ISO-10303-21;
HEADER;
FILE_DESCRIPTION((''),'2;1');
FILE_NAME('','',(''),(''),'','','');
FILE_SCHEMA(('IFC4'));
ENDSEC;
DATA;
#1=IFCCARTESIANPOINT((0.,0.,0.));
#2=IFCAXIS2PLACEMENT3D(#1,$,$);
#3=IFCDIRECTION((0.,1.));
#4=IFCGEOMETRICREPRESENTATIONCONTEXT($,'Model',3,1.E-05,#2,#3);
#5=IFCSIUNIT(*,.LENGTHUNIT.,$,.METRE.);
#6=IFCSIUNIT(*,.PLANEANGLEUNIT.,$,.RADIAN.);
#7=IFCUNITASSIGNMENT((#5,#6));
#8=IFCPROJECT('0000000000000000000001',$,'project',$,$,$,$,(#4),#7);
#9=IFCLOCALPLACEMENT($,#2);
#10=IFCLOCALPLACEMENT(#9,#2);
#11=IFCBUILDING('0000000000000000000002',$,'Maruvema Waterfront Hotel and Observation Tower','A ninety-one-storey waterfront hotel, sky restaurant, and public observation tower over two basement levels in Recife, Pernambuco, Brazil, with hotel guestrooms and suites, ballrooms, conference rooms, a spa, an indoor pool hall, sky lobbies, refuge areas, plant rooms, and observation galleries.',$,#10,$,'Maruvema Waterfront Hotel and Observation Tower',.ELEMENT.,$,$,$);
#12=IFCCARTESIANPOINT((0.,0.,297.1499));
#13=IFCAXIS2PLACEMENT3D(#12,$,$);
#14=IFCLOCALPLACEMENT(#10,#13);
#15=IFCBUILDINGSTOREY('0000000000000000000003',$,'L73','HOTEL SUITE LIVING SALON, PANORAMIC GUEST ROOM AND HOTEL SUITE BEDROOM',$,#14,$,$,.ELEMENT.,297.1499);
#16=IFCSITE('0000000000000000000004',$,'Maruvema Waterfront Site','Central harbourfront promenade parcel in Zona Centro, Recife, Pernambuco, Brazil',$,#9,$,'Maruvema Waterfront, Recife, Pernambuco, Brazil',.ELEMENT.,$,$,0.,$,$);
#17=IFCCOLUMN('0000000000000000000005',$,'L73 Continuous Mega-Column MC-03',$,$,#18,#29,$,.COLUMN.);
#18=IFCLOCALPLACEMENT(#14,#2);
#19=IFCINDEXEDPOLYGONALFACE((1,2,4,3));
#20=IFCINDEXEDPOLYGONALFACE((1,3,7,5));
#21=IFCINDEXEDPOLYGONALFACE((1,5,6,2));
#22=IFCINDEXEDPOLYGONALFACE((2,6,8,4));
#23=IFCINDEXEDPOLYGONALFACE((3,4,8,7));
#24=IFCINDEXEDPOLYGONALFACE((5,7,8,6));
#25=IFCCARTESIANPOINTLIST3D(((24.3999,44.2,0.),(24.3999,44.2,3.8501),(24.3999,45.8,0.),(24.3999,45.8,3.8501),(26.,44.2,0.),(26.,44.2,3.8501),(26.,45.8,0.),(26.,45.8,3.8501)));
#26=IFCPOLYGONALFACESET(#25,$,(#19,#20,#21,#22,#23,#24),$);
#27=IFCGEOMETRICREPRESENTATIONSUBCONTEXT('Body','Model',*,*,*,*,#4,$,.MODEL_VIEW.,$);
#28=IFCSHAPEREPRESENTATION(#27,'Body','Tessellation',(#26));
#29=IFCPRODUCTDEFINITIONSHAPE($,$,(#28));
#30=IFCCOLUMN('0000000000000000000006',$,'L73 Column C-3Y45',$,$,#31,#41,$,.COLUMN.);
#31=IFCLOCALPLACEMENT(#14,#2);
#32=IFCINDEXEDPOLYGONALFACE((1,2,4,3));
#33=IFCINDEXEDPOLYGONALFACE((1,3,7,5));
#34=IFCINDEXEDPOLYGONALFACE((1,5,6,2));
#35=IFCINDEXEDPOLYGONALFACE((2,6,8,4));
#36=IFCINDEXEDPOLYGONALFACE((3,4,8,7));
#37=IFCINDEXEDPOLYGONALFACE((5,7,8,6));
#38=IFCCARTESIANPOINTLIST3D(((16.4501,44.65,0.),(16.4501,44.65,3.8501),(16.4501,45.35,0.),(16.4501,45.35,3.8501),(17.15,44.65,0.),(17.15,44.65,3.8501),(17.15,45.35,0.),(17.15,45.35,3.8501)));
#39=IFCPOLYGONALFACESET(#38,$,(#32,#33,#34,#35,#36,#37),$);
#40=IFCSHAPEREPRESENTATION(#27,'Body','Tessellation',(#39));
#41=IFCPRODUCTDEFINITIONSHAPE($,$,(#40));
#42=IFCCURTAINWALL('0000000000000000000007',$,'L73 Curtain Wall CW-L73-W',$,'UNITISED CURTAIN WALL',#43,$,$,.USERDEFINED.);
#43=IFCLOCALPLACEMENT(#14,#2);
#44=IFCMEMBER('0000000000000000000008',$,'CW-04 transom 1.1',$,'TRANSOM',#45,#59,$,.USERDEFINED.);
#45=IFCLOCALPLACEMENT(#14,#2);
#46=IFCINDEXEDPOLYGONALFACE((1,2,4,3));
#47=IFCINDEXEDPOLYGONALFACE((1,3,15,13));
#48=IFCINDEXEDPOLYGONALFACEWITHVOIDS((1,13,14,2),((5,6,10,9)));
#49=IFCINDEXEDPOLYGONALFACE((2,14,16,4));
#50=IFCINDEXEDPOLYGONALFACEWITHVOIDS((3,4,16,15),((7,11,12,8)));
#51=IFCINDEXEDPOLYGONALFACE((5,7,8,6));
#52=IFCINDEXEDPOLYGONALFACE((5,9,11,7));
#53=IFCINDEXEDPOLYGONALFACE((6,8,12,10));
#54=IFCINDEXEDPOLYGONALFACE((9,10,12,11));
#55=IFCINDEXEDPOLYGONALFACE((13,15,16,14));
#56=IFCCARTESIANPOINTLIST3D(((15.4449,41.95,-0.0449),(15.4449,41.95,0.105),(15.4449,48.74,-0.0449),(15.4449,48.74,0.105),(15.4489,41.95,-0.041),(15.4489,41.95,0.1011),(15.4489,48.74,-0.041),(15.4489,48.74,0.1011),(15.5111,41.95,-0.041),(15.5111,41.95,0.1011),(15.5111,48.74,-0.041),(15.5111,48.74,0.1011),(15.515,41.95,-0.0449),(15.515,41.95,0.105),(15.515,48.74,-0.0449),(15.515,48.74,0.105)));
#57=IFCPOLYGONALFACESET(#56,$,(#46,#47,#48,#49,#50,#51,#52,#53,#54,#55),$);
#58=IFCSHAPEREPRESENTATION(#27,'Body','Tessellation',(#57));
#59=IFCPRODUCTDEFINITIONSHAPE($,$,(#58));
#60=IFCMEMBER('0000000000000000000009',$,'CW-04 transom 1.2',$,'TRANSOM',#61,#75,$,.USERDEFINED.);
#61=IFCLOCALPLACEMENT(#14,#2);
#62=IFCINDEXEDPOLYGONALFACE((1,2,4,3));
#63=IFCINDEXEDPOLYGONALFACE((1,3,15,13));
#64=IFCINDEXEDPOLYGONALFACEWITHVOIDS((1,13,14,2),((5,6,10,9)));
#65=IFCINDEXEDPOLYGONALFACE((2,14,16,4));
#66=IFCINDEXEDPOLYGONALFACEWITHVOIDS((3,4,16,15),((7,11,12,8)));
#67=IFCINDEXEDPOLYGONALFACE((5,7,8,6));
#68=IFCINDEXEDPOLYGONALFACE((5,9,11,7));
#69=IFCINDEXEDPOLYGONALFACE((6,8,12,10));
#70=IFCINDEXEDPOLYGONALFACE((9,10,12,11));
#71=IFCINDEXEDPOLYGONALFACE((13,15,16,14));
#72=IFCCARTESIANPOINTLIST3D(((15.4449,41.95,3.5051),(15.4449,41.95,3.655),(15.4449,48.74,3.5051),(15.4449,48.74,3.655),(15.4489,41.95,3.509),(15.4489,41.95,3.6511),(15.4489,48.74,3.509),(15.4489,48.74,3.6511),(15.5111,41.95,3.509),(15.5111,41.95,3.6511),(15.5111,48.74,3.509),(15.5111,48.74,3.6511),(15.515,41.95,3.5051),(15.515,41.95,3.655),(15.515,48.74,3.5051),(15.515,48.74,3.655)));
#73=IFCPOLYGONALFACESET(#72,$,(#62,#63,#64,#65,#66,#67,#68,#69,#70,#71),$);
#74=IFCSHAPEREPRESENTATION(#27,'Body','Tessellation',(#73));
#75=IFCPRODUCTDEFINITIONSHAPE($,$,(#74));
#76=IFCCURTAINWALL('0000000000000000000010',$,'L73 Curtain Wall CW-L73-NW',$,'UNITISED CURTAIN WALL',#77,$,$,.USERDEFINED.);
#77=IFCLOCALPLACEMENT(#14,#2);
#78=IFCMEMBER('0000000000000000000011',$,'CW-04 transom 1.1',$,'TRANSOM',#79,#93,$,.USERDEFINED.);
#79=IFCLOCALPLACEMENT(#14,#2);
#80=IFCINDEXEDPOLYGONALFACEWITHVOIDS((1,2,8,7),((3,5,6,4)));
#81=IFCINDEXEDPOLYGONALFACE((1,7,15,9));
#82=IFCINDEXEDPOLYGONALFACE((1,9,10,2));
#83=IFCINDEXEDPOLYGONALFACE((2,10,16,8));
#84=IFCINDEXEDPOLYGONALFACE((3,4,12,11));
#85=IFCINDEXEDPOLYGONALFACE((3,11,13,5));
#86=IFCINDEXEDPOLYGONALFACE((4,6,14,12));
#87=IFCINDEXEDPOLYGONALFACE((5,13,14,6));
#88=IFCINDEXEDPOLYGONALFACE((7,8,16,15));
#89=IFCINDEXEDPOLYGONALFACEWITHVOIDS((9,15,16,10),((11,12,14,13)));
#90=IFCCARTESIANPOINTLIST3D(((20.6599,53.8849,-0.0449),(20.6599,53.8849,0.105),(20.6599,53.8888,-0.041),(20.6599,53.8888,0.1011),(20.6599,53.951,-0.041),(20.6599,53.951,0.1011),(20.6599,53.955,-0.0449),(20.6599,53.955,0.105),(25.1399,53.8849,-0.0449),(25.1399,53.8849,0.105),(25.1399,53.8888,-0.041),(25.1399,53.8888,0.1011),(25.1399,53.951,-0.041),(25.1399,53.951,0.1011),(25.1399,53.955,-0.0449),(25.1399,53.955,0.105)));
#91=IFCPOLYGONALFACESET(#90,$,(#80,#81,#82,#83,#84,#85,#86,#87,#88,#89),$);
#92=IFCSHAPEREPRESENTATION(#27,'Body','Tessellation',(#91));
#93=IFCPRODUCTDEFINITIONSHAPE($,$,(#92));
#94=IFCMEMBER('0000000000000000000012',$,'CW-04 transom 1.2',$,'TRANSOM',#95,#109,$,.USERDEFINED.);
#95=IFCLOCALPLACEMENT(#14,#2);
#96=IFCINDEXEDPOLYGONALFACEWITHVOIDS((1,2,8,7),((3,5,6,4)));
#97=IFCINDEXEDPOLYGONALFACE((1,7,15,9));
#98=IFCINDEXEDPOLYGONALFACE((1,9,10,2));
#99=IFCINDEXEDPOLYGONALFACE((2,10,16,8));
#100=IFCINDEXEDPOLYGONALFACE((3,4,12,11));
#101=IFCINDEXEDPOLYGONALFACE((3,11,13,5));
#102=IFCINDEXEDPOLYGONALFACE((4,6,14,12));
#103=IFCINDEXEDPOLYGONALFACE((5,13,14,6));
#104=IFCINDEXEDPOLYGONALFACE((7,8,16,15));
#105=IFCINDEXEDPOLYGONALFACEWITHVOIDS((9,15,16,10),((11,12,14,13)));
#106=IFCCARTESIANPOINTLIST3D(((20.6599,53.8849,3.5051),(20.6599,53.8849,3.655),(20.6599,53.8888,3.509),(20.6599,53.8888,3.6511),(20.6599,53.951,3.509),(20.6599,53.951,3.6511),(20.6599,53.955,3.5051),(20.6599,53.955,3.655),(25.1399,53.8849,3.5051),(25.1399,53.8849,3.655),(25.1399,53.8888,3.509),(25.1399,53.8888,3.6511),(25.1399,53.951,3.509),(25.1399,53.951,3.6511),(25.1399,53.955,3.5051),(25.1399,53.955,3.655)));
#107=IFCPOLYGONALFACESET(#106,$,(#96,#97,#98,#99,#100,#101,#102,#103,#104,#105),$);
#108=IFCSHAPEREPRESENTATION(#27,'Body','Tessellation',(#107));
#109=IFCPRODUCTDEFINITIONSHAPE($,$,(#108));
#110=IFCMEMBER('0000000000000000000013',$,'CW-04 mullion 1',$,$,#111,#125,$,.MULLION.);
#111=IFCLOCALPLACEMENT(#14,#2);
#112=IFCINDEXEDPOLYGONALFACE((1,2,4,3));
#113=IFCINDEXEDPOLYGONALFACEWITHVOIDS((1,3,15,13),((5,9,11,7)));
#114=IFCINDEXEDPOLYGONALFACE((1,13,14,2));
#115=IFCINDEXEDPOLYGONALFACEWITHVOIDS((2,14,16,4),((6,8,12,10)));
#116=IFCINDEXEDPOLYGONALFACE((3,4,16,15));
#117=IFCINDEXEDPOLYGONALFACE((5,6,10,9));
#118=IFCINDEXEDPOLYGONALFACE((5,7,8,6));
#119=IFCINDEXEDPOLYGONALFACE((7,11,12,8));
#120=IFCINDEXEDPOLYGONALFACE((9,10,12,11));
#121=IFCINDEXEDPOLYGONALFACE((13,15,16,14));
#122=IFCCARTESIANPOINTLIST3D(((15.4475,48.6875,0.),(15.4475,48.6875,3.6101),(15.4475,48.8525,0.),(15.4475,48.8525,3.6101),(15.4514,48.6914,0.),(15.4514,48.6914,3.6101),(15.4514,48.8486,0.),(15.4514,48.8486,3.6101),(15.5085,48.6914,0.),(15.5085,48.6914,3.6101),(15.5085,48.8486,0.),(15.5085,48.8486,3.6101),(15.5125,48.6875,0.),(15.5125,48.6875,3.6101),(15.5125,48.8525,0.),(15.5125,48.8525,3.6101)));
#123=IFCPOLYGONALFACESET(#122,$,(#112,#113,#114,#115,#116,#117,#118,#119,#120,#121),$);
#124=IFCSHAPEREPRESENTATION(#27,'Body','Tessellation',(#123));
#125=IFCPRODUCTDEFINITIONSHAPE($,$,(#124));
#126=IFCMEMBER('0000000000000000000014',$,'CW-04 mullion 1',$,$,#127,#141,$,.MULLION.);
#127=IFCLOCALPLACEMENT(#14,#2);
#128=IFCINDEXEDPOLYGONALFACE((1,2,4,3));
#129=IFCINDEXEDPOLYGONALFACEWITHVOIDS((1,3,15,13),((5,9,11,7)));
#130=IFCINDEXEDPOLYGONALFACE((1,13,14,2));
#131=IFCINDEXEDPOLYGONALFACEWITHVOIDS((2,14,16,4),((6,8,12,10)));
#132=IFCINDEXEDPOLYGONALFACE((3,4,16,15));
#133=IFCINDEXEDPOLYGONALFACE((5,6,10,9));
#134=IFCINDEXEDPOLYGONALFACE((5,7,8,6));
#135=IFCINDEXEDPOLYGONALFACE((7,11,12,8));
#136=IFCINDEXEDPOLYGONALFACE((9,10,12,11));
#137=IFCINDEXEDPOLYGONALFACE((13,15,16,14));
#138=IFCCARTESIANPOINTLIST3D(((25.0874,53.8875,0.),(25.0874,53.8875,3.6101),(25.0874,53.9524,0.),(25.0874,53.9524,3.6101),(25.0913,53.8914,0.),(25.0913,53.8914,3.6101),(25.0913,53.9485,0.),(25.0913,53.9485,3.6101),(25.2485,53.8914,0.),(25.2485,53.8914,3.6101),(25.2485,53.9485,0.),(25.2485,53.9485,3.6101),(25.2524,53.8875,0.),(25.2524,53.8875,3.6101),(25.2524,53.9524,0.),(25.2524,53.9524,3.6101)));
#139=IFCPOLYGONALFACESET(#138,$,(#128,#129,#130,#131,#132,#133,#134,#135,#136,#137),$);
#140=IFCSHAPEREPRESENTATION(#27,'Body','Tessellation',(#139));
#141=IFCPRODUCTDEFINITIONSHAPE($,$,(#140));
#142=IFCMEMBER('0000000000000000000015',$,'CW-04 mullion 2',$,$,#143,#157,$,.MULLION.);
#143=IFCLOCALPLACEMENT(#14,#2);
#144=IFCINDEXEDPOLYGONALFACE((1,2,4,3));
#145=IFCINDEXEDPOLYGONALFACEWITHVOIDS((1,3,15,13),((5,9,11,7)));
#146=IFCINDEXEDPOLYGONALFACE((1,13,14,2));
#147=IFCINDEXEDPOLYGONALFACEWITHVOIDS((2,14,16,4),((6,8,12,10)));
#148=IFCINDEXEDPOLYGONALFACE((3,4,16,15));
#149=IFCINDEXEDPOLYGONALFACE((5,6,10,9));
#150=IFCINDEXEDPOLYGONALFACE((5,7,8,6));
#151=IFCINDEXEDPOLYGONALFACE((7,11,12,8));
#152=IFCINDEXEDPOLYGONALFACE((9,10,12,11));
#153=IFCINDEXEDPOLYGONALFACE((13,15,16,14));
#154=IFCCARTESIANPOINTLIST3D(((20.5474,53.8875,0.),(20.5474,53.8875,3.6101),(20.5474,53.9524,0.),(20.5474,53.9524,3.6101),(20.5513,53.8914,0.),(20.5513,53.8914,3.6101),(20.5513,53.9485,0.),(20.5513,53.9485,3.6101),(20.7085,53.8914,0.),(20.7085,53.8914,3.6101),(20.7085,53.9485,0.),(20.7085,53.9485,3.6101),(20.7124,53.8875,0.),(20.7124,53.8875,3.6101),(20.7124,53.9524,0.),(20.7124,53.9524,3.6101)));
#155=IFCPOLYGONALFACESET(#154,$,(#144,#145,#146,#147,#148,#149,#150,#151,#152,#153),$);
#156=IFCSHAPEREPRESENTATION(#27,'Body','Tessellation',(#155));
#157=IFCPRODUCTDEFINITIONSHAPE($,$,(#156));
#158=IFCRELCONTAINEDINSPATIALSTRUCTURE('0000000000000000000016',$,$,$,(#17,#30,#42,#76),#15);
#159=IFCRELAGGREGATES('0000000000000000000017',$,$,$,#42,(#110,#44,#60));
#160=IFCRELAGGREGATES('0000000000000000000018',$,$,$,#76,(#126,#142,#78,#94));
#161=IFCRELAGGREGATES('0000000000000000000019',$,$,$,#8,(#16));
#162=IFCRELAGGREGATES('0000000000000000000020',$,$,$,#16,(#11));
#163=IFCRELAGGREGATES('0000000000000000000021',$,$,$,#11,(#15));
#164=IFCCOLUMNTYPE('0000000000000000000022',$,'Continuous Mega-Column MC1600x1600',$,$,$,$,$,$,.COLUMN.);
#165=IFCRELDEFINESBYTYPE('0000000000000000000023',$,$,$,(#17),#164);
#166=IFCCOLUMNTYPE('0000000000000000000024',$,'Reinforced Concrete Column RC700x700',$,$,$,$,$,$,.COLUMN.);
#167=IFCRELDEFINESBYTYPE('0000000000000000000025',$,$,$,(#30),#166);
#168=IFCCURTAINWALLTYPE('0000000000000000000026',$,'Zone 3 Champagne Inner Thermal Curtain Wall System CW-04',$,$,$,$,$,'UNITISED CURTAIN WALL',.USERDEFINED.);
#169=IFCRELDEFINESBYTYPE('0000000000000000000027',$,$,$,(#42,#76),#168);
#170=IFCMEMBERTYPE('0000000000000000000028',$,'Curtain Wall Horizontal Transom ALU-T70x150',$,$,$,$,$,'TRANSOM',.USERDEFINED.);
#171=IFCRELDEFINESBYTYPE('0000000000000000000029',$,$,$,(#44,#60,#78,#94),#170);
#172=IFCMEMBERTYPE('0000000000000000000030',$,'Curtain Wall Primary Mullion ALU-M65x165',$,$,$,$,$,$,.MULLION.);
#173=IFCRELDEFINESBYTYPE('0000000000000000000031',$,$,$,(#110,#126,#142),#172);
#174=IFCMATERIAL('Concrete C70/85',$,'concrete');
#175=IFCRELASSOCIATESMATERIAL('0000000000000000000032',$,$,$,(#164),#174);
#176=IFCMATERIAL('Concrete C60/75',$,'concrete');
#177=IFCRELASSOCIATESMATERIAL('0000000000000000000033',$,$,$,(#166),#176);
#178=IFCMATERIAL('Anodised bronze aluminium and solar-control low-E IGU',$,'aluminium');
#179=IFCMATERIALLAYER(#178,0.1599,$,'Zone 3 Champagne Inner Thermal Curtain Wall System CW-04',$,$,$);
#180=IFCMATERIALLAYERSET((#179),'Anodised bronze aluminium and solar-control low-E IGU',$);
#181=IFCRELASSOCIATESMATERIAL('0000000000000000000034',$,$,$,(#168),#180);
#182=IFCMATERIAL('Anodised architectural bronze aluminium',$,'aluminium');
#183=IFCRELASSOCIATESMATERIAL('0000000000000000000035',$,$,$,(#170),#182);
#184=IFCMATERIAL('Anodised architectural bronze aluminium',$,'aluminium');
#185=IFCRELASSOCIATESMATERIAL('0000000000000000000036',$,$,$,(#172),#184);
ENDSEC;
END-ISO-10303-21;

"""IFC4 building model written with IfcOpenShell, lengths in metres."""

from ifc_helpers import new_model, si_unit, direction, frame, origin, origin_2d, place, context, subcontext, project, spatial, rectangle, hollow_rectangle, extrude, material, layer, layer_set, material_profile, profile_set, type_object, element, aggregate, save


model = new_model("IFC4")

# Units and contexts
model_context = context("Model", 3, precision=1e-05, world=origin(), true_north=direction((0.0, 1.0)))
body_context = subcontext(model_context, "Body", "Model", "MODEL_VIEW")
ifc_project = project(units=[si_unit("LENGTHUNIT", "METRE"), si_unit("PLANEANGLEUNIT", "RADIAN")], contexts=[model_context])

# Site, building, storey
site_placement = place(None, origin())
site = spatial("IfcSite", under=ifc_project, at=site_placement, Name="Maruvema Waterfront Site", Description="Central harbourfront promenade parcel in Zona Centro, Recife, Pernambuco, Brazil", LongName="Maruvema Waterfront, Recife, Pernambuco, Brazil", CompositionType="ELEMENT", RefElevation=0.0)
building_placement = place(site_placement, origin())
building = spatial("IfcBuilding", under=site, at=building_placement, Name="Maruvema Waterfront Hotel and Observation Tower", Description="A ninety-one-storey waterfront hotel, sky restaurant, and public observation tower over two basement levels in Recife, Pernambuco, Brazil, with hotel guestrooms and suites, ballrooms, conference rooms, a spa, an indoor pool hall, sky lobbies, refuge areas, plant rooms, and observation galleries.", LongName="Maruvema Waterfront Hotel and Observation Tower", CompositionType="ELEMENT")
storey_placement = place(building_placement, frame((0.0, 0.0, 297.1499)))
storey = spatial("IfcBuildingStorey", under=building, at=storey_placement, Name="L73", Description="HOTEL SUITE LIVING SALON, PANORAMIC GUEST ROOM AND HOTEL SUITE BEDROOM", CompositionType="ELEMENT", Elevation=297.1499)

# Columns
ifc_material_1 = material(Name="Concrete C70/85", Category="concrete")
ifc_material_profile_1 = material_profile(ifc_material_1, rectangle(XDim=1.6001, YDim=1.6001, at=origin_2d()), Name="MC1600x1600")
ifc_profile_set_1 = profile_set([ifc_material_profile_1], Name="Concrete C70/85")
column_type_1 = type_object("IfcColumnType", Name="Continuous Mega-Column MC1600x1600", PredefinedType="COLUMN", material=ifc_profile_set_1)
column_1_placement = place(storey_placement, frame((25.2, 45.0, 0.0), z_axis=(0.0, 0.0, 1.0), x_axis=(1.0, 0.0, 0.0)))
element("IfcColumn", 1, at=column_1_placement, inside=storey, type_object=column_type_1, Name="L73 Continuous Mega-Column MC-03", PredefinedType="COLUMN", context=body_context, shape_type="SweptSolid", body=[
    extrude(rectangle(XDim=1.6001, YDim=1.6001, at=origin_2d()), origin(), (0.0, 0.0, 1.0), 3.8501),
])
ifc_material_2 = material(Name="Concrete C60/75", Category="concrete")
ifc_material_profile_2 = material_profile(ifc_material_2, rectangle(XDim=0.7, YDim=0.7, at=origin_2d()), Name="RC700x700")
ifc_profile_set_2 = profile_set([ifc_material_profile_2], Name="Concrete C60/75")
column_type_2 = type_object("IfcColumnType", Name="Reinforced Concrete Column RC700x700", PredefinedType="COLUMN", material=ifc_profile_set_2)
column_2_placement = place(storey_placement, frame((16.8, 45.0, 0.0), z_axis=(0.0, 0.0, 1.0), x_axis=(1.0, 0.0, 0.0)))
element("IfcColumn", 2, at=column_2_placement, inside=storey, type_object=column_type_2, Name="L73 Column C-3Y45", PredefinedType="COLUMN", context=body_context, shape_type="SweptSolid", body=[
    extrude(rectangle(XDim=0.7, YDim=0.7, at=origin_2d()), origin(), (0.0, 0.0, 1.0), 3.8501),
])

# Curtain walls, members
ifc_material_3 = material(Name="Anodised bronze aluminium and solar-control low-E IGU", Category="aluminium")
ifc_layer_1 = layer(ifc_material_3, 0.1599, Name="Zone 3 Champagne Inner Thermal Curtain Wall System CW-04")
ifc_layer_set_1 = layer_set([ifc_layer_1], Name="Anodised bronze aluminium and solar-control low-E IGU")
curtain_wall_type = type_object("IfcCurtainWallType", Name="Zone 3 Champagne Inner Thermal Curtain Wall System CW-04", ElementType="UNITISED CURTAIN WALL", PredefinedType="USERDEFINED", material=ifc_layer_set_1)
curtain_wall_1_placement = place(storey_placement, origin())
curtain_wall_1 = element("IfcCurtainWall", 3, at=curtain_wall_1_placement, inside=storey, type_object=curtain_wall_type, Name="L73 Curtain Wall CW-L73-W", ObjectType="UNITISED CURTAIN WALL", PredefinedType="USERDEFINED")
ifc_material_4 = material(Name="Anodised architectural bronze aluminium", Category="aluminium")
ifc_material_profile_3 = material_profile(ifc_material_4, hollow_rectangle(XDim=0.0701, YDim=0.1499, WallThickness=0.0039, at=origin_2d()), Name="ALU-T70x150")
ifc_profile_set_3 = profile_set([ifc_material_profile_3], Name="Anodised architectural bronze aluminium")
member_type_1 = type_object("IfcMemberType", Name="Curtain Wall Horizontal Transom ALU-T70x150", ElementType="TRANSOM", PredefinedType="USERDEFINED", material=ifc_profile_set_3)
member_1_placement = place(storey_placement, frame((15.48, 48.74, 0.03), z_axis=(0.0, -1.0, 0.0), x_axis=(1.0, 0.0, 0.0)))
member_1 = element("IfcMember", 4, at=member_1_placement, type_object=member_type_1, Name="CW-04 transom 1.1", ObjectType="TRANSOM", PredefinedType="USERDEFINED", context=body_context, shape_type="SweptSolid", body=[
    extrude(hollow_rectangle(XDim=0.0701, YDim=0.1499, WallThickness=0.0039, at=origin_2d()), origin(), (0.0, 0.0, 1.0), 6.79),
])
member_2_placement = place(storey_placement, frame((15.48, 48.74, 3.5801), z_axis=(0.0, -1.0, 0.0), x_axis=(1.0, 0.0, 0.0)))
member_2 = element("IfcMember", 5, at=member_2_placement, type_object=member_type_1, Name="CW-04 transom 1.2", ObjectType="TRANSOM", PredefinedType="USERDEFINED", context=body_context, shape_type="SweptSolid", body=[
    extrude(hollow_rectangle(XDim=0.0701, YDim=0.1499, WallThickness=0.0039, at=origin_2d()), origin(), (0.0, 0.0, 1.0), 6.79),
])
curtain_wall_2_placement = place(storey_placement, origin())
curtain_wall_2 = element("IfcCurtainWall", 6, at=curtain_wall_2_placement, inside=storey, type_object=curtain_wall_type, Name="L73 Curtain Wall CW-L73-NW", ObjectType="UNITISED CURTAIN WALL", PredefinedType="USERDEFINED")
member_3_placement = place(storey_placement, frame((25.1399, 53.9199, 0.03), z_axis=(-1.0, 0.0, 0.0), x_axis=(0.0, -1.0, 0.0)))
member_3 = element("IfcMember", 7, at=member_3_placement, type_object=member_type_1, Name="CW-04 transom 1.1", ObjectType="TRANSOM", PredefinedType="USERDEFINED", context=body_context, shape_type="SweptSolid", body=[
    extrude(hollow_rectangle(XDim=0.0701, YDim=0.1499, WallThickness=0.0039, at=origin_2d()), origin(), (0.0, 0.0, 1.0), 4.48),
])
member_4_placement = place(storey_placement, frame((25.1399, 53.9199, 3.5801), z_axis=(-1.0, 0.0, 0.0), x_axis=(0.0, -1.0, 0.0)))
member_4 = element("IfcMember", 8, at=member_4_placement, type_object=member_type_1, Name="CW-04 transom 1.2", ObjectType="TRANSOM", PredefinedType="USERDEFINED", context=body_context, shape_type="SweptSolid", body=[
    extrude(hollow_rectangle(XDim=0.0701, YDim=0.1499, WallThickness=0.0039, at=origin_2d()), origin(), (0.0, 0.0, 1.0), 4.48),
])

# Members
ifc_material_5 = material(Name="Anodised architectural bronze aluminium", Category="aluminium")
ifc_material_profile_4 = material_profile(ifc_material_5, hollow_rectangle(XDim=0.0649, YDim=0.165, WallThickness=0.0039, at=origin_2d()), Name="ALU-M65x165")
ifc_profile_set_4 = profile_set([ifc_material_profile_4], Name="Anodised architectural bronze aluminium")
member_type_2 = type_object("IfcMemberType", Name="Curtain Wall Primary Mullion ALU-M65x165", PredefinedType="MULLION", material=ifc_profile_set_4)
member_5_placement = place(storey_placement, frame((15.48, 48.77, 0.0), z_axis=(0.0, 0.0, 1.0), x_axis=(1.0, 0.0, 0.0)))
member_5 = element("IfcMember", 9, at=member_5_placement, type_object=member_type_2, Name="CW-04 mullion 1", PredefinedType="MULLION", context=body_context, shape_type="SweptSolid", body=[
    extrude(hollow_rectangle(XDim=0.0649, YDim=0.165, WallThickness=0.0039, at=origin_2d()), origin(), (0.0, 0.0, 1.0), 3.6101),
])
member_6_placement = place(storey_placement, frame((25.1699, 53.9199, 0.0), z_axis=(0.0, 0.0, 1.0), x_axis=(0.0, -1.0, 0.0)))
member_6 = element("IfcMember", 10, at=member_6_placement, type_object=member_type_2, Name="CW-04 mullion 1", PredefinedType="MULLION", context=body_context, shape_type="SweptSolid", body=[
    extrude(hollow_rectangle(XDim=0.0649, YDim=0.165, WallThickness=0.0039, at=origin_2d()), origin(), (0.0, 0.0, 1.0), 3.6101),
])
member_7_placement = place(storey_placement, frame((20.6299, 53.9199, 0.0), z_axis=(0.0, 0.0, 1.0), x_axis=(0.0, -1.0, 0.0)))
member_7 = element("IfcMember", 11, at=member_7_placement, type_object=member_type_2, Name="CW-04 mullion 2", PredefinedType="MULLION", context=body_context, shape_type="SweptSolid", body=[
    extrude(hollow_rectangle(XDim=0.0649, YDim=0.165, WallThickness=0.0039, at=origin_2d()), origin(), (0.0, 0.0, 1.0), 3.6101),
])

aggregate(curtain_wall_1, [member_5, member_1, member_2])
aggregate(curtain_wall_2, [member_6, member_7, member_3, member_4])

save(model, "model.ifc")
